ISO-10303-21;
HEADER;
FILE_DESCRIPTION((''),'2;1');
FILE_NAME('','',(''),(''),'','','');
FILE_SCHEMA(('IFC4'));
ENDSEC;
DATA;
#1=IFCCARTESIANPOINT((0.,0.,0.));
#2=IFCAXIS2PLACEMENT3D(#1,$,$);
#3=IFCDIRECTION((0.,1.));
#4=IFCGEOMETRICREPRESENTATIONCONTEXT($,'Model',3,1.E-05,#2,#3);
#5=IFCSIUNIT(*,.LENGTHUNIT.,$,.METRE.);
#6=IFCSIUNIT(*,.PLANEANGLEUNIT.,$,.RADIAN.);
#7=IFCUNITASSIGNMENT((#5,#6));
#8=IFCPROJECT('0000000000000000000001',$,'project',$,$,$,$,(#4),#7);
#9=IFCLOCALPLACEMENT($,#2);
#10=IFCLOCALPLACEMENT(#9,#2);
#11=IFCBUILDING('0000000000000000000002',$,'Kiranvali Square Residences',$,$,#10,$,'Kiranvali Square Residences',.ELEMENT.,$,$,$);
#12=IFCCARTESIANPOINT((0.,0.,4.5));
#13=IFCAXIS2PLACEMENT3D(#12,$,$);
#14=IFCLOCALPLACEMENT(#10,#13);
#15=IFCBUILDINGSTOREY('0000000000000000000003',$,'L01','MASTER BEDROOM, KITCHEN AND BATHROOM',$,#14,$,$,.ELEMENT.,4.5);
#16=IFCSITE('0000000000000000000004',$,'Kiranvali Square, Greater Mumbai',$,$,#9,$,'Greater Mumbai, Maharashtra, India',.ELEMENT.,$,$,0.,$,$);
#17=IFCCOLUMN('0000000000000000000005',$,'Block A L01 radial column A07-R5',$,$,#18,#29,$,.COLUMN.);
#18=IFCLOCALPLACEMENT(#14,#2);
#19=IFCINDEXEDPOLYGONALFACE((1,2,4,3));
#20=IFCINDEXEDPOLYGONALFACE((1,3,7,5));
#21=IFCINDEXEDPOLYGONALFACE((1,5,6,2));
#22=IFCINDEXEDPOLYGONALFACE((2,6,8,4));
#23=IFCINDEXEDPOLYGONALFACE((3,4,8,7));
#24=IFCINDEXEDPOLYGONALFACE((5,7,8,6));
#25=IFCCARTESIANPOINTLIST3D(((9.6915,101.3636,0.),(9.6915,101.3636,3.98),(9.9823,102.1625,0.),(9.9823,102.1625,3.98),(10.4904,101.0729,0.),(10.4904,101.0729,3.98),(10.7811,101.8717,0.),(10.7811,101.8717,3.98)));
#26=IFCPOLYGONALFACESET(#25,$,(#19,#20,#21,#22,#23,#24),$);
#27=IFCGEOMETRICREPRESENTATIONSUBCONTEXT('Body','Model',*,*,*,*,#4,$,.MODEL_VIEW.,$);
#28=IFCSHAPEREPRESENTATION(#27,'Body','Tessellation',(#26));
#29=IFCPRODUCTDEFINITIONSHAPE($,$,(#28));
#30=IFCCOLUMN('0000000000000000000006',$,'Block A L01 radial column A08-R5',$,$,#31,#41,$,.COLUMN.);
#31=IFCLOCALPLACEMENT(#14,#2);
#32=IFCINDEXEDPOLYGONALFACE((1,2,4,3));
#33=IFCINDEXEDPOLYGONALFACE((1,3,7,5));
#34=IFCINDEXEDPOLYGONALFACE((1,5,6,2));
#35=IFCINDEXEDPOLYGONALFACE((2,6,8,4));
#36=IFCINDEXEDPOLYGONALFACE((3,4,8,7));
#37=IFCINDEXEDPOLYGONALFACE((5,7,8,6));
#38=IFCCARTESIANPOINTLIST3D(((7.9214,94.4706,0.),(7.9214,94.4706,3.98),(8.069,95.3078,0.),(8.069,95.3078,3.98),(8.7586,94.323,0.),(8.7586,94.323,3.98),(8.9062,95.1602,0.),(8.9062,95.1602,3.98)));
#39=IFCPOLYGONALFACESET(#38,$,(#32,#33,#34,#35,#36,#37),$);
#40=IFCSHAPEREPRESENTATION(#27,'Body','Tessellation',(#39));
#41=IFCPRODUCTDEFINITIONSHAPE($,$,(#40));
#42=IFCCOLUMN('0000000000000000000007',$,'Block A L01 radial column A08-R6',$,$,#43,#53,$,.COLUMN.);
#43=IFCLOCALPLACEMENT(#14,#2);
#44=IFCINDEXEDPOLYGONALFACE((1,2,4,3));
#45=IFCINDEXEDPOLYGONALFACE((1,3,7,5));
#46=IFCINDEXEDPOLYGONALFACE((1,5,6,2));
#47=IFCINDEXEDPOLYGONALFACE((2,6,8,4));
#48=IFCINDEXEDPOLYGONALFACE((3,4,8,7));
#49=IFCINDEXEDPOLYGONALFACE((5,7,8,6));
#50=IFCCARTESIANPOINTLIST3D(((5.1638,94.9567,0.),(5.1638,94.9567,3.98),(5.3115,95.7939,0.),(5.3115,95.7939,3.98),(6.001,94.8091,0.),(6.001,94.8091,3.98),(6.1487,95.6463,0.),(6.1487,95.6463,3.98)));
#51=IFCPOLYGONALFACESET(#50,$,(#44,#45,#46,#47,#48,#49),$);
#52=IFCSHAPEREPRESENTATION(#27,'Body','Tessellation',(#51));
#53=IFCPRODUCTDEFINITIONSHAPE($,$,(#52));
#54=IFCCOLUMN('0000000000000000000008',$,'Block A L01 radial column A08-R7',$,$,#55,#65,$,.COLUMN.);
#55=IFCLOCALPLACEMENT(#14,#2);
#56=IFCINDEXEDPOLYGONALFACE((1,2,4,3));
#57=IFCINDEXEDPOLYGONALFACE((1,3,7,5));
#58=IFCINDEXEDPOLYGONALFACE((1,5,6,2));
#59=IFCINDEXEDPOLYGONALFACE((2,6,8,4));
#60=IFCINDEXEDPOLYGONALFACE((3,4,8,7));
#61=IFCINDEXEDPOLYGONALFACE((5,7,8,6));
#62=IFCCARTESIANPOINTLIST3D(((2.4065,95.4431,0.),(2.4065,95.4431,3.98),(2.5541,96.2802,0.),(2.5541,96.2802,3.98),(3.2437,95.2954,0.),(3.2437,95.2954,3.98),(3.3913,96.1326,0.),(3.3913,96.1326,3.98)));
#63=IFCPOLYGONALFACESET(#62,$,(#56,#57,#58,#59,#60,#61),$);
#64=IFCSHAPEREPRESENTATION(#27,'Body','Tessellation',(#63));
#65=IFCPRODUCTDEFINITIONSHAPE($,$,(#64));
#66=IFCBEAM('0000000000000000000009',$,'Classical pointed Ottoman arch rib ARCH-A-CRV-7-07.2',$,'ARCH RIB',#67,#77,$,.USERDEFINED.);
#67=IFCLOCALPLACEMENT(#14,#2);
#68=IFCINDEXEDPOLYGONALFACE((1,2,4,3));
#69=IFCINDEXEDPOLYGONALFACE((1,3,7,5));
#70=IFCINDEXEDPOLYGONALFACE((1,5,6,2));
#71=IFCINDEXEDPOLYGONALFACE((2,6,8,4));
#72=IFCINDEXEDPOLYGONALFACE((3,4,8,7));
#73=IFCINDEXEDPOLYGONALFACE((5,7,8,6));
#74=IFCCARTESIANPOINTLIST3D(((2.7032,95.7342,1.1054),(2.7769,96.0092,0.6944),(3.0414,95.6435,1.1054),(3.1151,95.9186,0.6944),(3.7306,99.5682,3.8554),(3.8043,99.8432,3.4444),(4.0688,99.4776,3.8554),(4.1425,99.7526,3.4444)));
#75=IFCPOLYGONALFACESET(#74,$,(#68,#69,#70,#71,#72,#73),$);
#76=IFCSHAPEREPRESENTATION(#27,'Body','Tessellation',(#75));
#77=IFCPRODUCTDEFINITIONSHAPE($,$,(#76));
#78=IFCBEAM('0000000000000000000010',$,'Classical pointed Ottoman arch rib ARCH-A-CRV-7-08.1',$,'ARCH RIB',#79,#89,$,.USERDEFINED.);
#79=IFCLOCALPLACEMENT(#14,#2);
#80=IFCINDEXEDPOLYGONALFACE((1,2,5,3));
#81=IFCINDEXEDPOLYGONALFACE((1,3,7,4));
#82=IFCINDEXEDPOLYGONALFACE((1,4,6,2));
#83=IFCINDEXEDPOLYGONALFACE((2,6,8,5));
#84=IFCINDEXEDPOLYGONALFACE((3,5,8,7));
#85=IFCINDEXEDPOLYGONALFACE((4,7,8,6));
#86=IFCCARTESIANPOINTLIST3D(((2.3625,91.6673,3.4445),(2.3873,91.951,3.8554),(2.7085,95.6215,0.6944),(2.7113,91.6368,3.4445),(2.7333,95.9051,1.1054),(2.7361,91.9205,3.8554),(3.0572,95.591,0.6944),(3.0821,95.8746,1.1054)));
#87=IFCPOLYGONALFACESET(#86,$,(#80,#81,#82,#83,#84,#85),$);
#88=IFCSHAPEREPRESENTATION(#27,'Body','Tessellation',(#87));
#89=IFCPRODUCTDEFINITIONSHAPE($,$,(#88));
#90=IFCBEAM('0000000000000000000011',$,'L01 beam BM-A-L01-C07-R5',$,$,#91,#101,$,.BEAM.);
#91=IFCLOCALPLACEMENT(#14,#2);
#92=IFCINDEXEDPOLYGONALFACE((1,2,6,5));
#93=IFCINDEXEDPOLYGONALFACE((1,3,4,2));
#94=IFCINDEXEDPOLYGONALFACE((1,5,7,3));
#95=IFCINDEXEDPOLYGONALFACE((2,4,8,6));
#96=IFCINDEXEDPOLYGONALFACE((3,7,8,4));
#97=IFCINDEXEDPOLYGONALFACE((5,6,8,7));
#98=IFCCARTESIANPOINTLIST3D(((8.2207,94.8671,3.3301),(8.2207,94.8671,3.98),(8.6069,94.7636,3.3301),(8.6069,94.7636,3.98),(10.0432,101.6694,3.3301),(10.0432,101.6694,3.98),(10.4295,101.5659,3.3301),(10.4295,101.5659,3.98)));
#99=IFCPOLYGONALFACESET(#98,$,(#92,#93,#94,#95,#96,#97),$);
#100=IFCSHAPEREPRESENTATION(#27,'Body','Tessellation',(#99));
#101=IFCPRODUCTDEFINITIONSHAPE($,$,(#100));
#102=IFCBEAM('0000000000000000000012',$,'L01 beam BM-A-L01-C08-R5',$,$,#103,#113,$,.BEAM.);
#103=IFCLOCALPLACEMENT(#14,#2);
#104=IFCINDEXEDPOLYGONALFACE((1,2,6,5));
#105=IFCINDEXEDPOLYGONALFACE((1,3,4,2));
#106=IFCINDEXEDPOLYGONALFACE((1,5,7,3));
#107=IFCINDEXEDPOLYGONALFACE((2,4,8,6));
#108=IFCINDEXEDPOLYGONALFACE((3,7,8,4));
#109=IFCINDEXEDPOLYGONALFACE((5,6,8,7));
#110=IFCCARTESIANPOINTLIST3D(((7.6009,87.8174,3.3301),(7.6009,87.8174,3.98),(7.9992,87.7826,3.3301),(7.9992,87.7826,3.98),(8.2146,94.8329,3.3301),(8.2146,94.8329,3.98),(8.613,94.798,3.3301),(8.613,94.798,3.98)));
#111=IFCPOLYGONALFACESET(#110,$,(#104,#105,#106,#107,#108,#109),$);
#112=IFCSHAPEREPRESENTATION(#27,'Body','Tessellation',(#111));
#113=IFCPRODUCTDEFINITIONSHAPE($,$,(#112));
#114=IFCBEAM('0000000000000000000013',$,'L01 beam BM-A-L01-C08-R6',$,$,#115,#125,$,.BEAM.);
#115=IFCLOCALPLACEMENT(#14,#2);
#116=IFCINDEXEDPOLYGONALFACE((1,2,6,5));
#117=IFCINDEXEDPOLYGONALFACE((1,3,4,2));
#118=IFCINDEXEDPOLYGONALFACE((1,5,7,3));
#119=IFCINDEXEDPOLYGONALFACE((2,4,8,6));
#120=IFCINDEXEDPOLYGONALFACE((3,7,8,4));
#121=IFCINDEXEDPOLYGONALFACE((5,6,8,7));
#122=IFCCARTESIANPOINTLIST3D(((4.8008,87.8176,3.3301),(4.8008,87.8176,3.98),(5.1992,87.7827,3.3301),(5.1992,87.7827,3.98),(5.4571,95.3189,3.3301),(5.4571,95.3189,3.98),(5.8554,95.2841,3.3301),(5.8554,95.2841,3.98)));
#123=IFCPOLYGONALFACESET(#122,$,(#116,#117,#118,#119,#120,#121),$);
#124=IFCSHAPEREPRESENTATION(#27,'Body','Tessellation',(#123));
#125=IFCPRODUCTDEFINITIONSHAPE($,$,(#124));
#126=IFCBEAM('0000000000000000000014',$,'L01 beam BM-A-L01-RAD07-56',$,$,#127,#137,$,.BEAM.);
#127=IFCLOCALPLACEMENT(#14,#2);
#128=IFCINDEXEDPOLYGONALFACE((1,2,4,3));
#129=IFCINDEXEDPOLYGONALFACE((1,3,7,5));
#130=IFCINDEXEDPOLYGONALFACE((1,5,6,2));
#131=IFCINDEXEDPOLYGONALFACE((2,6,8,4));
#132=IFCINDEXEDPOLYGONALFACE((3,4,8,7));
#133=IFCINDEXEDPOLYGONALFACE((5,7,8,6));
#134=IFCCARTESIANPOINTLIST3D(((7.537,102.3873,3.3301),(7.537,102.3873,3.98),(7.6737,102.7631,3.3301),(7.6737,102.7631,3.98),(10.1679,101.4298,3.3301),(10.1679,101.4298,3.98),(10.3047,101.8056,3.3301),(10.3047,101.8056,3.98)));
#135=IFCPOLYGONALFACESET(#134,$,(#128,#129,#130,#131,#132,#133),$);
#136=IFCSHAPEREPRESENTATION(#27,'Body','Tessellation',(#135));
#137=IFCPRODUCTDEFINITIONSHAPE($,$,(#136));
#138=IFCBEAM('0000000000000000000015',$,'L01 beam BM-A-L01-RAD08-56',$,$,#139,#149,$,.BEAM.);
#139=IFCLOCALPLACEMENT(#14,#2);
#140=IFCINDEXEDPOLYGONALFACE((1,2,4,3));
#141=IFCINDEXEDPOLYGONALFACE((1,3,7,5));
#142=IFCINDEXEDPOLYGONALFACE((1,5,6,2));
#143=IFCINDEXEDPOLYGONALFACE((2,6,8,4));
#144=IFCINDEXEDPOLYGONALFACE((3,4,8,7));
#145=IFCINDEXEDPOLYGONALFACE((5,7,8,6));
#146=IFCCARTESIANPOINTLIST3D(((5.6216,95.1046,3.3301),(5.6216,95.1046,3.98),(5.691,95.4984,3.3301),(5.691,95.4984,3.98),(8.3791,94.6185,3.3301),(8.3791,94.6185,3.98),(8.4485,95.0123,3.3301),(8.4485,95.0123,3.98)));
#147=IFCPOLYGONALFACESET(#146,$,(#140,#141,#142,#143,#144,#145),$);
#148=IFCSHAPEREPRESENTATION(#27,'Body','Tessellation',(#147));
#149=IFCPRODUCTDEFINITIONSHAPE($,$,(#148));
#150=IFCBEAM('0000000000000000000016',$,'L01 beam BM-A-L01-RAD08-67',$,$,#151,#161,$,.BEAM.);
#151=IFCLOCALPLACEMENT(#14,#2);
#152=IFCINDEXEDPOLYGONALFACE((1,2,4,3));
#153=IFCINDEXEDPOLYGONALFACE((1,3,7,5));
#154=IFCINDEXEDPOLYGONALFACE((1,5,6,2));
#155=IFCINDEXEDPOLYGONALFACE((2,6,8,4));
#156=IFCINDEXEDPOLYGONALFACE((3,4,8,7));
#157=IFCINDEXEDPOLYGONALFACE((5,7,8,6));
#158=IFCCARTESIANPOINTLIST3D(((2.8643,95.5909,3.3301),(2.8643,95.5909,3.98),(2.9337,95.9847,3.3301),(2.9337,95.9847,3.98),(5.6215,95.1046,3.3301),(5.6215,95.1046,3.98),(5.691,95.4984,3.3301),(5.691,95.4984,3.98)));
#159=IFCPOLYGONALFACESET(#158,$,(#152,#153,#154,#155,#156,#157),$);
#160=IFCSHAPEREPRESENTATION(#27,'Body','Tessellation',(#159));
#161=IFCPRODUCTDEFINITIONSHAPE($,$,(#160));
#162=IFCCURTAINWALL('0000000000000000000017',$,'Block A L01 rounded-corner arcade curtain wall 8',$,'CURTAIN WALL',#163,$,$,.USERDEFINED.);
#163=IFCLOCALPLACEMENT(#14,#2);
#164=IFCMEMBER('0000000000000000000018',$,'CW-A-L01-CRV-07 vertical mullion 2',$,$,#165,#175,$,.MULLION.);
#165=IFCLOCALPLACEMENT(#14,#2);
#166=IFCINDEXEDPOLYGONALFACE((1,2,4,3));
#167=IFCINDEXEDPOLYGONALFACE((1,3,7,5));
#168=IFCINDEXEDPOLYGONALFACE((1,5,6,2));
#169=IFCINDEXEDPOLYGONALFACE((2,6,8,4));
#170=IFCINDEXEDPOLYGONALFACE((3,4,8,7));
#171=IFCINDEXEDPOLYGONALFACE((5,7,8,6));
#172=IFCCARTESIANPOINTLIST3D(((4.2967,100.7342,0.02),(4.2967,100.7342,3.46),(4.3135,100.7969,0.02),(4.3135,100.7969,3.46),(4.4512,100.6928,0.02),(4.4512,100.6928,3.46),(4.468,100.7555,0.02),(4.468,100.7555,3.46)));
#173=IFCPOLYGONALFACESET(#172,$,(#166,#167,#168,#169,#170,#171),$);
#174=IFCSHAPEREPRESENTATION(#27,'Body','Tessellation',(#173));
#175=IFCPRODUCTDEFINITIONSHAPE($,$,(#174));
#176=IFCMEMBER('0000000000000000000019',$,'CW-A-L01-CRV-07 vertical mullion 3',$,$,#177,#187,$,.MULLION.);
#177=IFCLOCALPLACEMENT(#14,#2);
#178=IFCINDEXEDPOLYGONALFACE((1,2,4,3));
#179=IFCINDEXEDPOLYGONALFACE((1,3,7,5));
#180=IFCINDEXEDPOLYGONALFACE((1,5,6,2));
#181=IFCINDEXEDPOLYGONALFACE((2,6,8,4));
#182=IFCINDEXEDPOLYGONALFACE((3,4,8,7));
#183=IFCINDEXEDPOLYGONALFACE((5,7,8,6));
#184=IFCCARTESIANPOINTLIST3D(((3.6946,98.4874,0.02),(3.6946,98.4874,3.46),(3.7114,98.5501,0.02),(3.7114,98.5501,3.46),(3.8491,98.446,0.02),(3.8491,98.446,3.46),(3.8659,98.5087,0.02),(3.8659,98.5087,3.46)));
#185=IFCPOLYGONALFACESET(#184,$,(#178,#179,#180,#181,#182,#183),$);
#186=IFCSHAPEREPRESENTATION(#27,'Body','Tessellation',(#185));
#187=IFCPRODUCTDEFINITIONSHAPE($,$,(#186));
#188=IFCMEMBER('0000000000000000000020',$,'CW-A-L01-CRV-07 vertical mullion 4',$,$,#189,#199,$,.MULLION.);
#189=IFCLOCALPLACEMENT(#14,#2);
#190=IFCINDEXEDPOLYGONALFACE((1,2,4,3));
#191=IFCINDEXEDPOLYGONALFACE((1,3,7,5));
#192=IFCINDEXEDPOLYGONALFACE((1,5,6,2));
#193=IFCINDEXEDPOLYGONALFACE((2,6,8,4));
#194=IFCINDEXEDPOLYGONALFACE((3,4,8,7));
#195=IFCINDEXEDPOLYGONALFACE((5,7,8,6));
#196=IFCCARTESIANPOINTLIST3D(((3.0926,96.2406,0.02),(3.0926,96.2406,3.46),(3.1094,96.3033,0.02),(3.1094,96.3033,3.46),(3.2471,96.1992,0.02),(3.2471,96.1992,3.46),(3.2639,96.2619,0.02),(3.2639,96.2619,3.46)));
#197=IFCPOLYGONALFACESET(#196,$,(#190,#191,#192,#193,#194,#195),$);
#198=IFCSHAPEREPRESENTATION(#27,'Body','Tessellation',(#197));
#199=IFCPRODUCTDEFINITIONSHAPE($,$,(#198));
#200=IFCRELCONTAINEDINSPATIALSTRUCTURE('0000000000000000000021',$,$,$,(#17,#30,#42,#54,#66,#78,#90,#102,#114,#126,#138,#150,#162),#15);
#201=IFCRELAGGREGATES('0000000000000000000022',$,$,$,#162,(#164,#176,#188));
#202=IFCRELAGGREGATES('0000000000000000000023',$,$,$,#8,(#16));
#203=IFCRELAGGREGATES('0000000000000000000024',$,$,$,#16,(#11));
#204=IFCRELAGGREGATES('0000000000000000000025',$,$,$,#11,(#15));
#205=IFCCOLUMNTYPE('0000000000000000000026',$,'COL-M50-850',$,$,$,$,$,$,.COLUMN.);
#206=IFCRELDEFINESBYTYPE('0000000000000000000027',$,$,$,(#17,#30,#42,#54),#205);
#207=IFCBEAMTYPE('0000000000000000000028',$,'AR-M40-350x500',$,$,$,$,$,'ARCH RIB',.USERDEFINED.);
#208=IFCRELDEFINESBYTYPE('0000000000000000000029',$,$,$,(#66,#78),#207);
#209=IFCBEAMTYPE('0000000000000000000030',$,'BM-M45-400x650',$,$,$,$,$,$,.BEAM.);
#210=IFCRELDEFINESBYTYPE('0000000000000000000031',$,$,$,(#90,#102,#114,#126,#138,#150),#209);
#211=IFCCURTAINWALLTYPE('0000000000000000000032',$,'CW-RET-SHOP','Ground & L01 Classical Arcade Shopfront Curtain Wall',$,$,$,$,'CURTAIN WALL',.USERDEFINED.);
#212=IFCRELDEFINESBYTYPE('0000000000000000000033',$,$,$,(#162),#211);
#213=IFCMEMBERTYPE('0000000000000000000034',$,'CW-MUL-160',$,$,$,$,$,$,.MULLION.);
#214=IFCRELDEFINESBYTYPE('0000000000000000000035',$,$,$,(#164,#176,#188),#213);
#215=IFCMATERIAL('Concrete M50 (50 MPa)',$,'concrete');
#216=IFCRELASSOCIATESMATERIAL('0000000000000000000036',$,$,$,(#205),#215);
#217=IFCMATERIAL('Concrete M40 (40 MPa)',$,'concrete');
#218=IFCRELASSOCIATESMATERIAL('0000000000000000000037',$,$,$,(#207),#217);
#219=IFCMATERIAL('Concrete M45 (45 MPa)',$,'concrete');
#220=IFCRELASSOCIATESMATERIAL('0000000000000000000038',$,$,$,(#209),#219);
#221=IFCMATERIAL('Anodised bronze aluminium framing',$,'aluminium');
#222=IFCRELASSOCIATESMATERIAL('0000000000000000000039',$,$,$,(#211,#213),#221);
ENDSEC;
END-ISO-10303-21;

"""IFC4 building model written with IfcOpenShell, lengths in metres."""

from ifc_helpers import new_model, si_unit, direction, frame, origin, origin_2d, place, context, subcontext, project, spatial, rectangle, extrude, material, material_profile, profile_set, type_object, element, aggregate, save


model = new_model("IFC4")

# Units and contexts
model_context = context("Model", 3, precision=1e-05, world=origin(), true_north=direction((0.0, 1.0)))
body_context = subcontext(model_context, "Body", "Model", "MODEL_VIEW")
ifc_project = project(units=[si_unit("LENGTHUNIT", "METRE"), si_unit("PLANEANGLEUNIT", "RADIAN")], contexts=[model_context])

# Site, building, storey
site_placement = place(None, origin())
site = spatial("IfcSite", under=ifc_project, at=site_placement, Name="Kiranvali Square, Greater Mumbai", LongName="Greater Mumbai, Maharashtra, India", CompositionType="ELEMENT", RefElevation=0.0)
building_placement = place(site_placement, origin())
building = spatial("IfcBuilding", under=site, at=building_placement, Name="Kiranvali Square Residences", LongName="Kiranvali Square Residences", CompositionType="ELEMENT")
storey_placement = place(building_placement, frame((0.0, 0.0, 4.5)))
storey = spatial("IfcBuildingStorey", under=building, at=storey_placement, Name="L01", Description="MASTER BEDROOM, KITCHEN AND BATHROOM", CompositionType="ELEMENT", Elevation=4.5)

# Columns
ifc_material_1 = material(Name="Concrete M50 (50 MPa)", Category="concrete")
ifc_material_profile_1 = material_profile(ifc_material_1, rectangle(XDim=0.8501, YDim=0.8501, at=origin_2d()), Name="RC 850x850")
ifc_profile_set_1 = profile_set([ifc_material_profile_1], Name="Concrete M50 (50 MPa)")
column_type = type_object("IfcColumnType", Name="COL-M50-850", PredefinedType="COLUMN", material=ifc_profile_set_1)
for number, where, z_axis, x_axis, name in (
    (1, (10.2363, 101.6177, 0.0), (0.0, 0.0, 1.0), (0.34202, 0.939693, 0.0), "Block A L01 radial column A07-R5"),
    (2, (8.4138, 94.8154, 0.0), (0.0, 0.0, 1.0), (0.173648, 0.984808, 0.0), "Block A L01 radial column A08-R5"),
    (3, (5.6562, 95.3015, 0.0), (0.0, 0.0, 1.0), (0.173648, 0.984808, 0.0), "Block A L01 radial column A08-R6"),
    (4, (2.8989, 95.7878, 0.0), (0.0, 0.0, 1.0), (0.173648, 0.984808, 0.0), "Block A L01 radial column A08-R7"),
):
    element("IfcColumn", number, at=place(storey_placement, frame(where, z_axis=z_axis, x_axis=x_axis)), inside=storey, type_object=column_type, Name=name, PredefinedType="COLUMN", context=body_context, shape_type="SweptSolid", body=[
        extrude(rectangle(XDim=0.8501, YDim=0.8501, at=origin_2d()), origin(), (0.0, 0.0, 1.0), 3.98),
    ])

# Beams
ifc_material_2 = material(Name="Concrete M40 (40 MPa)", Category="concrete")
ifc_material_profile_2 = material_profile(ifc_material_2, rectangle(XDim=0.3501, YDim=0.5, at=origin_2d()), Name="RC 350x500")
ifc_profile_set_2 = profile_set([ifc_material_profile_2], Name="Concrete M40 (40 MPa)")
beam_type_1 = type_object("IfcBeamType", Name="AR-M40-350x500", ElementType="ARCH RIB", PredefinedType="USERDEFINED", material=ifc_profile_set_2)
for number, where, z_axis, x_axis, name in (
    (5, (3.9365, 99.6604, 3.6499), (-0.212753, -0.793982, -0.569499), (0.965924, -0.258826, 0.0), "Classical pointed Ottoman arch rib ARCH-A-CRV-7-07.2"),
    (6, (2.8953, 95.748, 0.8999), (-0.071643, -0.818862, 0.569502), (0.996195, -0.087158, 0.0), "Classical pointed Ottoman arch rib ARCH-A-CRV-7-08.1"),
):
    element("IfcBeam", number, at=place(storey_placement, frame(where, z_axis=z_axis, x_axis=x_axis)), inside=storey, type_object=beam_type_1, Name=name, ObjectType="ARCH RIB", PredefinedType="USERDEFINED", context=body_context, shape_type="SweptSolid", body=[
        extrude(rectangle(XDim=0.3501, YDim=0.5, at=origin_2d()), origin(), (0.0, 0.0, 1.0), 4.8289),
    ])
ifc_material_3 = material(Name="Concrete M45 (45 MPa)", Category="concrete")
ifc_material_profile_3 = material_profile(ifc_material_3, rectangle(XDim=0.3999, YDim=0.6499, at=origin_2d()), Name="RC 400x650")
ifc_profile_set_3 = profile_set([ifc_material_profile_3], Name="Concrete M45 (45 MPa)")
beam_type_2 = type_object("IfcBeamType", Name="BM-M45-400x650", PredefinedType="BEAM", material=ifc_profile_set_3)
for number, where, z_axis, x_axis, name in (
    (7, (10.2363, 101.6177, 3.655), (-0.2588, -0.965931, 0.0), (0.965931, -0.2588, 0.0), "L01 beam BM-A-L01-C07-R5"),
    (8, (8.4138, 94.8154, 3.655), (-0.087156, -0.996195, 0.0), (0.996195, -0.087156, 0.0), "L01 beam BM-A-L01-C08-R5"),
):
    element("IfcBeam", number, at=place(storey_placement, frame(where, z_axis=z_axis, x_axis=x_axis)), inside=storey, type_object=beam_type_2, Name=name, PredefinedType="BEAM", context=body_context, shape_type="SweptSolid", body=[
        extrude(rectangle(XDim=0.3999, YDim=0.6499, at=origin_2d()), origin(), (0.0, 0.0, 1.0), 7.0422),
    ])
beam_1_placement = place(storey_placement, frame((5.6562, 95.3015, 3.655), z_axis=(-0.08715, -0.996195, 0.0), x_axis=(0.996195, -0.08715, 0.0)))
element("IfcBeam", 9, at=beam_1_placement, inside=storey, type_object=beam_type_2, Name="L01 beam BM-A-L01-C08-R6", PredefinedType="BEAM", context=body_context, shape_type="SweptSolid", body=[
    extrude(rectangle(XDim=0.3999, YDim=0.6499, at=origin_2d()), origin(), (0.0, 0.0, 1.0), 7.53),
])
beam_2_placement = place(storey_placement, frame((10.2363, 101.6177, 3.655), z_axis=(-0.939707, 0.341981, 0.0), x_axis=(-0.341981, -0.939707, 0.0)))
element("IfcBeam", 10, at=beam_2_placement, inside=storey, type_object=beam_type_2, Name="L01 beam BM-A-L01-RAD07-56", PredefinedType="BEAM", context=body_context, shape_type="SweptSolid", body=[
    extrude(rectangle(XDim=0.3999, YDim=0.6499, at=origin_2d()), origin(), (0.0, 0.0, 1.0), 2.7998),
])
beam_3_placement = place(storey_placement, frame((8.4138, 94.8154, 3.655), z_axis=(-0.984817, 0.173596, 0.0), x_axis=(-0.173596, -0.984817, 0.0)))
element("IfcBeam", 11, at=beam_3_placement, inside=storey, type_object=beam_type_2, Name="L01 beam BM-A-L01-RAD08-56", PredefinedType="BEAM", context=body_context, shape_type="SweptSolid", body=[
    extrude(rectangle(XDim=0.3999, YDim=0.6499, at=origin_2d()), origin(), (0.0, 0.0, 1.0), 2.8),
])
beam_4_placement = place(storey_placement, frame((5.6562, 95.3015, 3.655), z_axis=(-0.984799, 0.173696, 0.0), x_axis=(-0.173696, -0.984799, 0.0)))
element("IfcBeam", 12, at=beam_4_placement, inside=storey, type_object=beam_type_2, Name="L01 beam BM-A-L01-RAD08-67", PredefinedType="BEAM", context=body_context, shape_type="SweptSolid", body=[
    extrude(rectangle(XDim=0.3999, YDim=0.6499, at=origin_2d()), origin(), (0.0, 0.0, 1.0), 2.7998),
])

# Curtain wall, members
ifc_material_4 = material(Name="Anodised bronze aluminium framing", Category="aluminium")
curtain_wall_type = type_object("IfcCurtainWallType", Name="CW-RET-SHOP", Description="Ground & L01 Classical Arcade Shopfront Curtain Wall", ElementType="CURTAIN WALL", PredefinedType="USERDEFINED", material=ifc_material_4)
curtain_wall_1_placement = place(storey_placement, origin())
curtain_wall_1 = element("IfcCurtainWall", 13, at=curtain_wall_1_placement, inside=storey, type_object=curtain_wall_type, Name="Block A L01 rounded-corner arcade curtain wall 8", ObjectType="CURTAIN WALL", PredefinedType="USERDEFINED")
ifc_material_profile_4 = material_profile(ifc_material_4, rectangle(XDim=0.0649, YDim=0.1599, at=origin_2d()), Name="ALU 65x160")
ifc_profile_set_4 = profile_set([ifc_material_profile_4], Name="Anodised bronze aluminium framing")
member_type_1 = type_object("IfcMemberType", Name="CW-MUL-160", PredefinedType="MULLION", material=ifc_profile_set_4)
member_1_placement = place(storey_placement, frame((4.3823, 100.7449, 0.02), z_axis=(0.0, 0.0, 1.0), x_axis=(-0.258819, -0.965926, 0.0)))
member_1 = element("IfcMember", 14, at=member_1_placement, type_object=member_type_1, Name="CW-A-L01-CRV-07 vertical mullion 2", PredefinedType="MULLION", context=body_context, shape_type="SweptSolid", body=[
    extrude(rectangle(XDim=0.0649, YDim=0.1599, at=origin_2d()), origin(), (0.0, 0.0, 1.0), 3.4399),
])
member_2_placement = place(storey_placement, frame((3.7803, 98.498, 0.02), z_axis=(0.0, 0.0, 1.0), x_axis=(-0.258819, -0.965926, 0.0)))
member_2 = element("IfcMember", 15, at=member_2_placement, type_object=member_type_1, Name="CW-A-L01-CRV-07 vertical mullion 3", PredefinedType="MULLION", context=body_context, shape_type="SweptSolid", body=[
    extrude(rectangle(XDim=0.0649, YDim=0.1599, at=origin_2d()), origin(), (0.0, 0.0, 1.0), 3.4399),
])
member_3_placement = place(storey_placement, frame((3.1782, 96.2512, 0.02), z_axis=(0.0, 0.0, 1.0), x_axis=(-0.258819, -0.965926, 0.0)))
member_3 = element("IfcMember", 16, at=member_3_placement, type_object=member_type_1, Name="CW-A-L01-CRV-07 vertical mullion 4", PredefinedType="MULLION", context=body_context, shape_type="SweptSolid", body=[
    extrude(rectangle(XDim=0.0649, YDim=0.1599, at=origin_2d()), origin(), (0.0, 0.0, 1.0), 3.4399),
])

aggregate(curtain_wall_1, [member_1, member_2, member_3])

save(model, "model.ifc")
